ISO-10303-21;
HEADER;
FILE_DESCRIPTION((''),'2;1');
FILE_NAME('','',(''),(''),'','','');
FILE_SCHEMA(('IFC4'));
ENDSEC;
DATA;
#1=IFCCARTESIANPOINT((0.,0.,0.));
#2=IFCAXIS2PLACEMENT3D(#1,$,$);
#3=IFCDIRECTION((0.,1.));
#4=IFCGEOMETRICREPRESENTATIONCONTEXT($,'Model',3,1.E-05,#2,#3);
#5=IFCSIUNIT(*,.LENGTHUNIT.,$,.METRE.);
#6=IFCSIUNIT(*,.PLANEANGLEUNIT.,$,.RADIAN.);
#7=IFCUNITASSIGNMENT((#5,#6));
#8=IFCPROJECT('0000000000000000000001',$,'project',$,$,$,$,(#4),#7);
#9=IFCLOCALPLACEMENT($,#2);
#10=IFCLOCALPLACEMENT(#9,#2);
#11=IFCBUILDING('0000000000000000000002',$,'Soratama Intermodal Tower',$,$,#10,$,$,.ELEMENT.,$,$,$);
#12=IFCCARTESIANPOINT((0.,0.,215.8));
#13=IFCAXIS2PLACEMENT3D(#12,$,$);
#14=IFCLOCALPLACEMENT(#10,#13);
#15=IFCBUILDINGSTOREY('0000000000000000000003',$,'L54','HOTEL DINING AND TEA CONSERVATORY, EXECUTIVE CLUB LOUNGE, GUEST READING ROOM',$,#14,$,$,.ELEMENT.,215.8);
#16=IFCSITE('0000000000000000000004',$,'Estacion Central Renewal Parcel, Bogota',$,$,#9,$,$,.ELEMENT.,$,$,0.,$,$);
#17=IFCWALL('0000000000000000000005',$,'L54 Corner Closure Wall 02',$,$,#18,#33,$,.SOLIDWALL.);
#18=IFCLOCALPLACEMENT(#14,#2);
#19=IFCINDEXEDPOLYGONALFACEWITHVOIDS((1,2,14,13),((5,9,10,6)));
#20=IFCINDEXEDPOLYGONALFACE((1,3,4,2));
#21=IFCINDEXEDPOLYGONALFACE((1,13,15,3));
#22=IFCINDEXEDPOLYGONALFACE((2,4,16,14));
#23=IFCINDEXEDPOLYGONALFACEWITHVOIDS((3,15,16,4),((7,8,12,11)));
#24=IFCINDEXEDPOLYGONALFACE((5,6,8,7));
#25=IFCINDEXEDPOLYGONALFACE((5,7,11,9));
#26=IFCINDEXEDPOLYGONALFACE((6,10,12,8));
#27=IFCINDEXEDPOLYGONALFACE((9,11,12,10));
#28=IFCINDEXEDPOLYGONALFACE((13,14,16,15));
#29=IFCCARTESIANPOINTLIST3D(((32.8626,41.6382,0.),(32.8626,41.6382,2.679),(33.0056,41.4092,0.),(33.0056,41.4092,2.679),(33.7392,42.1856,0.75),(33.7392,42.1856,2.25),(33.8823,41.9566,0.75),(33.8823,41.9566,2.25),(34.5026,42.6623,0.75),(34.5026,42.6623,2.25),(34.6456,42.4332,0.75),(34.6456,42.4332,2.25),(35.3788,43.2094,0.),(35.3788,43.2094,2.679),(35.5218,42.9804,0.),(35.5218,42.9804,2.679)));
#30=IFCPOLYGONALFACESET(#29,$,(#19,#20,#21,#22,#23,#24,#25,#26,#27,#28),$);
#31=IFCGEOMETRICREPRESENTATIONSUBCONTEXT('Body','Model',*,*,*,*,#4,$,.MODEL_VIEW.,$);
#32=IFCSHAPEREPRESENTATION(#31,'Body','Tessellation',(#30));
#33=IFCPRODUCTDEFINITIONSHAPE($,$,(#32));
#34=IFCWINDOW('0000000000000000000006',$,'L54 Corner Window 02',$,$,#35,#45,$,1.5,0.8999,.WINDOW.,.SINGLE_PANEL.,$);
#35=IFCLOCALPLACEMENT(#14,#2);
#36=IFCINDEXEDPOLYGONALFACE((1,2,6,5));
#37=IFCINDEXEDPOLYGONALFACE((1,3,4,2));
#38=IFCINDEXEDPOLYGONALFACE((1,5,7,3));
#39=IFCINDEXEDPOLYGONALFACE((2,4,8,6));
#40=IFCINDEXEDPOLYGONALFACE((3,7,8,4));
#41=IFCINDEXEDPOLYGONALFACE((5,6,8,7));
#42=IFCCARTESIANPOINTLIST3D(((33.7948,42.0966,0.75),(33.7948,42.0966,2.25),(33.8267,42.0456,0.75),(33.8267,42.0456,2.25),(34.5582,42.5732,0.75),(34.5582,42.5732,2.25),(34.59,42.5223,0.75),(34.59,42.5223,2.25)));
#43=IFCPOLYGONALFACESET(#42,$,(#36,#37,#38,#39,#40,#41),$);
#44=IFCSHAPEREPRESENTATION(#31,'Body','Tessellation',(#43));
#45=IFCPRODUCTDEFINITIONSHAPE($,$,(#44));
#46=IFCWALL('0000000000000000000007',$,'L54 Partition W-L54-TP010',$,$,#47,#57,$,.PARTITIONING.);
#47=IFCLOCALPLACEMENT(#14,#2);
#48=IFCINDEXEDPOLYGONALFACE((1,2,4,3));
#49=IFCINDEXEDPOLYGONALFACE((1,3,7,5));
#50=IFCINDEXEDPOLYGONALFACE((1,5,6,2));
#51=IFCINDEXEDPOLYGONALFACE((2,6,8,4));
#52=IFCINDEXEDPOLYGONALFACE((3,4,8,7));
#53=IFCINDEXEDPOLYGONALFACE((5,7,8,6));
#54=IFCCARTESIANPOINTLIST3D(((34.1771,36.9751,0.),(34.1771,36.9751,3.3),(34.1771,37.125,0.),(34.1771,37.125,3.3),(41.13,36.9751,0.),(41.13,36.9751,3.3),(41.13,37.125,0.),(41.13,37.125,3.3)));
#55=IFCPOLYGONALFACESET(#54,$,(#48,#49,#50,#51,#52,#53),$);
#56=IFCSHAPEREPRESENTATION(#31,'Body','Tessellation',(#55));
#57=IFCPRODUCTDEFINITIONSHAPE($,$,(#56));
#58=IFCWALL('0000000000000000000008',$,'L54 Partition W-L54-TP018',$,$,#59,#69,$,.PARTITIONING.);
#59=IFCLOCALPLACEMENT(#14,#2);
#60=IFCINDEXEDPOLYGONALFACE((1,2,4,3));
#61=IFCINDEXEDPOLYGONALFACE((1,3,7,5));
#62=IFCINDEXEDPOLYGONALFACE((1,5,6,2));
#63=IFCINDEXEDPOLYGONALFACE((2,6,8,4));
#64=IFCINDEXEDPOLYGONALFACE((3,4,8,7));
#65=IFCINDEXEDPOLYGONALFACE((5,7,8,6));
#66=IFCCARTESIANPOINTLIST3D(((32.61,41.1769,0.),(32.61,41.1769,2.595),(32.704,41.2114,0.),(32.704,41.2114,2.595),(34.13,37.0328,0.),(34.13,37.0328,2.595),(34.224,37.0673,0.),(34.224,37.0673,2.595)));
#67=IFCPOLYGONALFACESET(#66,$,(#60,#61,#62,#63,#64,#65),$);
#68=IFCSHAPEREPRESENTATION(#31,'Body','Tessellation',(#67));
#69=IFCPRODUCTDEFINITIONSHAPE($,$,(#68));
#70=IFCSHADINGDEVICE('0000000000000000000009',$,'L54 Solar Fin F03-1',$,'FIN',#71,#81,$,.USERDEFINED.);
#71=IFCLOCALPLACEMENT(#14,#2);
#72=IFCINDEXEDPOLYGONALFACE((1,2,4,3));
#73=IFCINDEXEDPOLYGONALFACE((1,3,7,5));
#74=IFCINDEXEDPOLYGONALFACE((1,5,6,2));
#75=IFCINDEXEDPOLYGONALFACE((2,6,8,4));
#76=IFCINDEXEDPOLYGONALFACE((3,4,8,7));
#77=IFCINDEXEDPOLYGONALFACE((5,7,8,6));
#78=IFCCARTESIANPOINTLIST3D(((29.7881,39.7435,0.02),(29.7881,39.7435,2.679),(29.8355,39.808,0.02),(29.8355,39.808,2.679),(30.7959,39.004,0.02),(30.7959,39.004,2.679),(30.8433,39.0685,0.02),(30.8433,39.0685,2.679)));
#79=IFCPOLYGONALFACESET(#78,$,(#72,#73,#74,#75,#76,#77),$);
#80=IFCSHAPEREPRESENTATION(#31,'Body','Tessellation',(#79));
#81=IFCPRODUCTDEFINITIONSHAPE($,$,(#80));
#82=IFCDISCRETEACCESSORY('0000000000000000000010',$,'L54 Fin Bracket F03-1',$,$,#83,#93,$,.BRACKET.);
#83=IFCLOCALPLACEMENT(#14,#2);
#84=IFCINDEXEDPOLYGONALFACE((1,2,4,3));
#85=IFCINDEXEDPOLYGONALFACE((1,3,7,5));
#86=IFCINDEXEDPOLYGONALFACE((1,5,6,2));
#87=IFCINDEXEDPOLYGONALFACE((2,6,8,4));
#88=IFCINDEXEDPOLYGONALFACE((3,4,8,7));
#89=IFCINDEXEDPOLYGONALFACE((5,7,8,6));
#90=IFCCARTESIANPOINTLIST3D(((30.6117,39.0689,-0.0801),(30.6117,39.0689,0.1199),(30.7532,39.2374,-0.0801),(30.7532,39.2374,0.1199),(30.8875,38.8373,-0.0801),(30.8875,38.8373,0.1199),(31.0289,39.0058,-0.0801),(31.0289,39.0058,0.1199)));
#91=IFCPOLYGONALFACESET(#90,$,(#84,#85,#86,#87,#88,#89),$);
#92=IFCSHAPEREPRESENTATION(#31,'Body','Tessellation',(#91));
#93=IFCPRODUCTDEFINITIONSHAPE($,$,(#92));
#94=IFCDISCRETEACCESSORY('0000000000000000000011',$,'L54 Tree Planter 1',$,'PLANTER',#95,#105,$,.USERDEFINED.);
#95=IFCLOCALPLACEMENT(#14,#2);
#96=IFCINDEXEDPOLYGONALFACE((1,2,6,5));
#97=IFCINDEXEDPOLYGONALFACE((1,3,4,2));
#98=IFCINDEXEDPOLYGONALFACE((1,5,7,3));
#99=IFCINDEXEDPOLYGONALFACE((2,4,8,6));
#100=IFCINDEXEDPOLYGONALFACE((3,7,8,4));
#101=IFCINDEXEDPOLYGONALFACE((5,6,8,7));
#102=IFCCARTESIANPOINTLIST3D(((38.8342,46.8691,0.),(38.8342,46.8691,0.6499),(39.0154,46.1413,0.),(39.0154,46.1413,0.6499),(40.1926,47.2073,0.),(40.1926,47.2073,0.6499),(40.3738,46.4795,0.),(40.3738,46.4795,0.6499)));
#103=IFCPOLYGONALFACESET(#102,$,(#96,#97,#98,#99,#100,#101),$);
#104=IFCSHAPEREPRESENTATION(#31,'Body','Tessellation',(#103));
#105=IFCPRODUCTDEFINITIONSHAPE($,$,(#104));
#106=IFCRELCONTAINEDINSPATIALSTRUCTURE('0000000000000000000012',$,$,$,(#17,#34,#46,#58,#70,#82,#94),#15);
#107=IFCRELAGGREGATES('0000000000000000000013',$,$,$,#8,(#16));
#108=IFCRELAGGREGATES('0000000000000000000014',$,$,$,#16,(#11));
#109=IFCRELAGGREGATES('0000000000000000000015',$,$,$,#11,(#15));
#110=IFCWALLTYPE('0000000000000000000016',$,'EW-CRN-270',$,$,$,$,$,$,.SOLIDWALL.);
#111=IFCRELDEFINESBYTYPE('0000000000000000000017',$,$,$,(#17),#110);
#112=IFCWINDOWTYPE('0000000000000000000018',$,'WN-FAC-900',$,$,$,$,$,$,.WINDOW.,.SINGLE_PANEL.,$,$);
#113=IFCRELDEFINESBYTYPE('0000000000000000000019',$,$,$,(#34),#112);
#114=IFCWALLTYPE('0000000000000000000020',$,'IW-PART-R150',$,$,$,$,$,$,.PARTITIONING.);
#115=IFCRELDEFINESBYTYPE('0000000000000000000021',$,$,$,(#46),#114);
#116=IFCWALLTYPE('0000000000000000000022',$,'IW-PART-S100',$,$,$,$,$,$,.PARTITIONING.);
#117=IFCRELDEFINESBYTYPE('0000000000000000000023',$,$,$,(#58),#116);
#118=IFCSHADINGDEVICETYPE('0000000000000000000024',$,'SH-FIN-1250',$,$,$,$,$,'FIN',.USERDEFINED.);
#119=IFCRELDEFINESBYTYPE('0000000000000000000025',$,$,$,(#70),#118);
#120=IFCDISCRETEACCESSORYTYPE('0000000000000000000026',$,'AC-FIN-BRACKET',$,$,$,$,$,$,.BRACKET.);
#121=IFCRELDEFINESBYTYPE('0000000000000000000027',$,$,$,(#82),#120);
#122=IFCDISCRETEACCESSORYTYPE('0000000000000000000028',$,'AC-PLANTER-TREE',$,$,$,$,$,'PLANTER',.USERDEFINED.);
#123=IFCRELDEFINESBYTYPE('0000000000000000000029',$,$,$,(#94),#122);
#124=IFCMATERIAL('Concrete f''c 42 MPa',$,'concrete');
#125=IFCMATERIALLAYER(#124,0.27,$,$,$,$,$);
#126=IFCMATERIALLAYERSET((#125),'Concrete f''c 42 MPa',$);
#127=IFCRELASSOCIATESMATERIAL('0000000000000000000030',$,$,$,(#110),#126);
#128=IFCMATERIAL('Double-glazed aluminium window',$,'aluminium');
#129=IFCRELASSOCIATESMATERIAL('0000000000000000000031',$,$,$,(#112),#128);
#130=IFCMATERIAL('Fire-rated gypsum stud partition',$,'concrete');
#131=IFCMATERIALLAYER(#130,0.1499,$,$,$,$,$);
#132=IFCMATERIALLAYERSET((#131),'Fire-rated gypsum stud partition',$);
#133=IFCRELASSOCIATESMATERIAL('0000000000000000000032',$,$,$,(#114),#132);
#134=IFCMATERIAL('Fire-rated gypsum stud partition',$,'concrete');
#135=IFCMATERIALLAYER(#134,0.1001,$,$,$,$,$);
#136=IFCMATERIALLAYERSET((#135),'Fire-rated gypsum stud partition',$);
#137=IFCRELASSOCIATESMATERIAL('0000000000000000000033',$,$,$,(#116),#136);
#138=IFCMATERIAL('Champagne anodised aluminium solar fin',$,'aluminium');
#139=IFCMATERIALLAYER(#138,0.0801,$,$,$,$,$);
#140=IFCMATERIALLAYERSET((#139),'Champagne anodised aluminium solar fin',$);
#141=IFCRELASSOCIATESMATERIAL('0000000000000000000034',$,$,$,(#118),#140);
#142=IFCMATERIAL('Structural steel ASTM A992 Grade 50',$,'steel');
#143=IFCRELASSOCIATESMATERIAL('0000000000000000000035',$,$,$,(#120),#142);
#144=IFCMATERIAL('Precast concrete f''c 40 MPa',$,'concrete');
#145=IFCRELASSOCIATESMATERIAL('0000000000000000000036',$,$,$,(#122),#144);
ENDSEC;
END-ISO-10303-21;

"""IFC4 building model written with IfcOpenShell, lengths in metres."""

from ifc_helpers import new_model, si_unit, direction, frame, frame_2d, origin, origin_2d, place, context, subcontext, project, spatial, rectangle, extrude, material, layer, layer_set, type_object, element, fill, save


model = new_model("IFC4")

# Units and contexts
model_context = context("Model", 3, precision=1e-05, world=origin(), true_north=direction((0.0, 1.0)))
body_context = subcontext(model_context, "Body", "Model", "MODEL_VIEW")
ifc_project = project(units=[si_unit("LENGTHUNIT", "METRE"), si_unit("PLANEANGLEUNIT", "RADIAN")], contexts=[model_context])

# Site, building, storey
site_placement = place(None, origin())
site = spatial("IfcSite", under=ifc_project, at=site_placement, Name="Estacion Central Renewal Parcel, Bogota", CompositionType="ELEMENT", RefElevation=0.0)
building_placement = place(site_placement, origin())
building = spatial("IfcBuilding", under=site, at=building_placement, Name="Soratama Intermodal Tower", CompositionType="ELEMENT")
storey_placement = place(building_placement, frame((0.0, 0.0, 215.8)))
storey = spatial("IfcBuildingStorey", under=building, at=storey_placement, Name="L54", Description="HOTEL DINING AND TEA CONSERVATORY, EXECUTIVE CLUB LOUNGE, GUEST READING ROOM", CompositionType="ELEMENT", Elevation=215.8)

# Wall, opening, window
ifc_material_1 = material(Name="Concrete f'c 42 MPa", Category="concrete")
ifc_layer_1 = layer(ifc_material_1, 0.27)
ifc_layer_set_1 = layer_set([ifc_layer_1], Name="Concrete f'c 42 MPa")
wall_type_1 = type_object("IfcWallType", Name="EW-CRN-270", PredefinedType="SOLIDWALL", material=ifc_layer_set_1)
wall_1_placement = place(storey_placement, frame((35.4504, 43.095, 0.0), z_axis=(0.0, 0.0, 1.0), x_axis=(-0.848216, -0.529651, 0.0)))
wall_1 = element("IfcWall", 1, at=wall_1_placement, inside=storey, type_object=wall_type_1, Name="L54 Corner Closure Wall 02", PredefinedType="SOLIDWALL", context=body_context, shape_type="SweptSolid", body=[
    extrude(rectangle(XDim=2.9666, YDim=0.27, at=frame_2d((1.4834, 0.0))), origin(), (0.0, 0.0, 1.0), 2.679),
])
opening_placement = place(wall_1_placement, frame((1.0332, 0.0, 0.75)))
opening = element("IfcOpeningElement", 2, at=opening_placement, cuts=wall_1, PredefinedType="OPENING", context=body_context, shape_type="SweptSolid", body=[
    extrude(rectangle(XDim=0.8999, YDim=1.5, at=frame_2d((0.45, 0.75))), frame((0.0, 0.145, 0.0), z_axis=(0.0, -1.0, 0.0), x_axis=(1.0, 0.0, 0.0)), (0.0, 0.0, 1.0), 0.29),
])
ifc_material_2 = material(Name="Double-glazed aluminium window", Category="aluminium")
window_type = type_object("IfcWindowType", Name="WN-FAC-900", PartitioningType="SINGLE_PANEL", PredefinedType="WINDOW", material=ifc_material_2)
window_placement = place(opening_placement, origin())
window = element("IfcWindow", 3, at=window_placement, inside=storey, type_object=window_type, Name="L54 Corner Window 02", OverallHeight=1.5, OverallWidth=0.8999, PartitioningType="SINGLE_PANEL", PredefinedType="WINDOW", context=body_context, shape_type="SweptSolid", body=[
    extrude(rectangle(XDim=0.8999, YDim=1.5, at=frame_2d((0.45, 0.75))), frame((0.0, 0.03, 0.0), z_axis=(0.0, -1.0, 0.0), x_axis=(1.0, 0.0, 0.0)), (0.0, 0.0, 1.0), 0.0601),
])
fill(opening, window)

# Walls
ifc_material_3 = material(Name="Fire-rated gypsum stud partition", Category="concrete")
ifc_layer_2 = layer(ifc_material_3, 0.1499)
ifc_layer_set_2 = layer_set([ifc_layer_2], Name="Fire-rated gypsum stud partition")
wall_type_2 = type_object("IfcWallType", Name="IW-PART-R150", PredefinedType="PARTITIONING", material=ifc_layer_set_2)
wall_2_placement = place(storey_placement, frame((34.177, 37.05, 0.0), z_axis=(0.0, 0.0, 1.0), x_axis=(1.0, 0.0, 0.0)))
element("IfcWall", 4, at=wall_2_placement, inside=storey, type_object=wall_type_2, Name="L54 Partition W-L54-TP010", PredefinedType="PARTITIONING", context=body_context, shape_type="SweptSolid", body=[
    extrude(rectangle(XDim=6.9529, YDim=0.1499, at=frame_2d((3.4766, 0.0))), origin(), (0.0, 0.0, 1.0), 3.3),
])
ifc_material_4 = material(Name="Fire-rated gypsum stud partition", Category="concrete")
ifc_layer_3 = layer(ifc_material_4, 0.1001)
ifc_layer_set_3 = layer_set([ifc_layer_3], Name="Fire-rated gypsum stud partition")
wall_type_3 = type_object("IfcWallType", Name="IW-PART-S100", PredefinedType="PARTITIONING", material=ifc_layer_set_3)
wall_3_placement = place(storey_placement, frame((34.177, 37.05, 0.0), z_axis=(0.0, 0.0, 1.0), x_axis=(-0.344362, 0.938837, 0.0)))
element("IfcWall", 5, at=wall_3_placement, inside=storey, type_object=wall_type_3, Name="L54 Partition W-L54-TP018", PredefinedType="PARTITIONING", context=body_context, shape_type="SweptSolid", body=[
    extrude(rectangle(XDim=4.4141, YDim=0.1001, at=frame_2d((2.207, 0.0))), origin(), (0.0, 0.0, 1.0), 2.595),
])

# Shading device
ifc_material_5 = material(Name="Champagne anodised aluminium solar fin", Category="aluminium")
ifc_layer_4 = layer(ifc_material_5, 0.0801)
ifc_layer_set_4 = layer_set([ifc_layer_4], Name="Champagne anodised aluminium solar fin")
shading_device_type = type_object("IfcShadingDeviceType", Name="SH-FIN-1250", ElementType="FIN", PredefinedType="USERDEFINED", material=ifc_layer_set_4)
shading_device_placement = place(storey_placement, frame((30.3157, 39.406, 0.02), z_axis=(0.0, 0.0, 1.0), x_axis=(-0.806238, 0.591591, 0.0)))
element("IfcShadingDevice", 6, at=shading_device_placement, inside=storey, type_object=shading_device_type, Name="L54 Solar Fin F03-1", ObjectType="FIN", PredefinedType="USERDEFINED", context=body_context, shape_type="SweptSolid", body=[
    extrude(rectangle(XDim=1.25, YDim=0.0801, at=origin_2d()), origin(), (0.0, 0.0, 1.0), 2.6589),
])

# Discrete accessories
ifc_material_6 = material(Name="Structural steel ASTM A992 Grade 50", Category="steel")
discrete_accessory_type_1 = type_object("IfcDiscreteAccessoryType", Name="AC-FIN-BRACKET", PredefinedType="BRACKET", material=ifc_material_6)
discrete_accessory_1_placement = place(storey_placement, frame((30.8203, 39.0374, -0.0801), z_axis=(0.0, 0.0, 1.0), x_axis=(-0.76582, 0.643055, 0.0)))
element("IfcDiscreteAccessory", 7, at=discrete_accessory_1_placement, inside=storey, type_object=discrete_accessory_type_1, Name="L54 Fin Bracket F03-1", PredefinedType="BRACKET", context=body_context, shape_type="SweptSolid", body=[
    extrude(rectangle(XDim=0.3601, YDim=0.22, at=origin_2d()), origin(), (0.0, 0.0, 1.0), 0.2),
])
ifc_material_7 = material(Name="Precast concrete f'c 40 MPa", Category="concrete")
discrete_accessory_type_2 = type_object("IfcDiscreteAccessoryType", Name="AC-PLANTER-TREE", ElementType="PLANTER", PredefinedType="USERDEFINED", material=ifc_material_7)
discrete_accessory_2_placement = place(storey_placement, frame((39.604, 46.6743, 0.0), z_axis=(0.0, 0.0, 1.0), x_axis=(-0.241583, 0.97038, 0.0)))
element("IfcDiscreteAccessory", 8, at=discrete_accessory_2_placement, inside=storey, type_object=discrete_accessory_type_2, Name="L54 Tree Planter 1", ObjectType="PLANTER", PredefinedType="USERDEFINED", context=body_context, shape_type="SweptSolid", body=[
    extrude(rectangle(XDim=0.75, YDim=1.3999, at=origin_2d()), origin(), (0.0, 0.0, 1.0), 0.6499),
])

save(model, "model.ifc")
